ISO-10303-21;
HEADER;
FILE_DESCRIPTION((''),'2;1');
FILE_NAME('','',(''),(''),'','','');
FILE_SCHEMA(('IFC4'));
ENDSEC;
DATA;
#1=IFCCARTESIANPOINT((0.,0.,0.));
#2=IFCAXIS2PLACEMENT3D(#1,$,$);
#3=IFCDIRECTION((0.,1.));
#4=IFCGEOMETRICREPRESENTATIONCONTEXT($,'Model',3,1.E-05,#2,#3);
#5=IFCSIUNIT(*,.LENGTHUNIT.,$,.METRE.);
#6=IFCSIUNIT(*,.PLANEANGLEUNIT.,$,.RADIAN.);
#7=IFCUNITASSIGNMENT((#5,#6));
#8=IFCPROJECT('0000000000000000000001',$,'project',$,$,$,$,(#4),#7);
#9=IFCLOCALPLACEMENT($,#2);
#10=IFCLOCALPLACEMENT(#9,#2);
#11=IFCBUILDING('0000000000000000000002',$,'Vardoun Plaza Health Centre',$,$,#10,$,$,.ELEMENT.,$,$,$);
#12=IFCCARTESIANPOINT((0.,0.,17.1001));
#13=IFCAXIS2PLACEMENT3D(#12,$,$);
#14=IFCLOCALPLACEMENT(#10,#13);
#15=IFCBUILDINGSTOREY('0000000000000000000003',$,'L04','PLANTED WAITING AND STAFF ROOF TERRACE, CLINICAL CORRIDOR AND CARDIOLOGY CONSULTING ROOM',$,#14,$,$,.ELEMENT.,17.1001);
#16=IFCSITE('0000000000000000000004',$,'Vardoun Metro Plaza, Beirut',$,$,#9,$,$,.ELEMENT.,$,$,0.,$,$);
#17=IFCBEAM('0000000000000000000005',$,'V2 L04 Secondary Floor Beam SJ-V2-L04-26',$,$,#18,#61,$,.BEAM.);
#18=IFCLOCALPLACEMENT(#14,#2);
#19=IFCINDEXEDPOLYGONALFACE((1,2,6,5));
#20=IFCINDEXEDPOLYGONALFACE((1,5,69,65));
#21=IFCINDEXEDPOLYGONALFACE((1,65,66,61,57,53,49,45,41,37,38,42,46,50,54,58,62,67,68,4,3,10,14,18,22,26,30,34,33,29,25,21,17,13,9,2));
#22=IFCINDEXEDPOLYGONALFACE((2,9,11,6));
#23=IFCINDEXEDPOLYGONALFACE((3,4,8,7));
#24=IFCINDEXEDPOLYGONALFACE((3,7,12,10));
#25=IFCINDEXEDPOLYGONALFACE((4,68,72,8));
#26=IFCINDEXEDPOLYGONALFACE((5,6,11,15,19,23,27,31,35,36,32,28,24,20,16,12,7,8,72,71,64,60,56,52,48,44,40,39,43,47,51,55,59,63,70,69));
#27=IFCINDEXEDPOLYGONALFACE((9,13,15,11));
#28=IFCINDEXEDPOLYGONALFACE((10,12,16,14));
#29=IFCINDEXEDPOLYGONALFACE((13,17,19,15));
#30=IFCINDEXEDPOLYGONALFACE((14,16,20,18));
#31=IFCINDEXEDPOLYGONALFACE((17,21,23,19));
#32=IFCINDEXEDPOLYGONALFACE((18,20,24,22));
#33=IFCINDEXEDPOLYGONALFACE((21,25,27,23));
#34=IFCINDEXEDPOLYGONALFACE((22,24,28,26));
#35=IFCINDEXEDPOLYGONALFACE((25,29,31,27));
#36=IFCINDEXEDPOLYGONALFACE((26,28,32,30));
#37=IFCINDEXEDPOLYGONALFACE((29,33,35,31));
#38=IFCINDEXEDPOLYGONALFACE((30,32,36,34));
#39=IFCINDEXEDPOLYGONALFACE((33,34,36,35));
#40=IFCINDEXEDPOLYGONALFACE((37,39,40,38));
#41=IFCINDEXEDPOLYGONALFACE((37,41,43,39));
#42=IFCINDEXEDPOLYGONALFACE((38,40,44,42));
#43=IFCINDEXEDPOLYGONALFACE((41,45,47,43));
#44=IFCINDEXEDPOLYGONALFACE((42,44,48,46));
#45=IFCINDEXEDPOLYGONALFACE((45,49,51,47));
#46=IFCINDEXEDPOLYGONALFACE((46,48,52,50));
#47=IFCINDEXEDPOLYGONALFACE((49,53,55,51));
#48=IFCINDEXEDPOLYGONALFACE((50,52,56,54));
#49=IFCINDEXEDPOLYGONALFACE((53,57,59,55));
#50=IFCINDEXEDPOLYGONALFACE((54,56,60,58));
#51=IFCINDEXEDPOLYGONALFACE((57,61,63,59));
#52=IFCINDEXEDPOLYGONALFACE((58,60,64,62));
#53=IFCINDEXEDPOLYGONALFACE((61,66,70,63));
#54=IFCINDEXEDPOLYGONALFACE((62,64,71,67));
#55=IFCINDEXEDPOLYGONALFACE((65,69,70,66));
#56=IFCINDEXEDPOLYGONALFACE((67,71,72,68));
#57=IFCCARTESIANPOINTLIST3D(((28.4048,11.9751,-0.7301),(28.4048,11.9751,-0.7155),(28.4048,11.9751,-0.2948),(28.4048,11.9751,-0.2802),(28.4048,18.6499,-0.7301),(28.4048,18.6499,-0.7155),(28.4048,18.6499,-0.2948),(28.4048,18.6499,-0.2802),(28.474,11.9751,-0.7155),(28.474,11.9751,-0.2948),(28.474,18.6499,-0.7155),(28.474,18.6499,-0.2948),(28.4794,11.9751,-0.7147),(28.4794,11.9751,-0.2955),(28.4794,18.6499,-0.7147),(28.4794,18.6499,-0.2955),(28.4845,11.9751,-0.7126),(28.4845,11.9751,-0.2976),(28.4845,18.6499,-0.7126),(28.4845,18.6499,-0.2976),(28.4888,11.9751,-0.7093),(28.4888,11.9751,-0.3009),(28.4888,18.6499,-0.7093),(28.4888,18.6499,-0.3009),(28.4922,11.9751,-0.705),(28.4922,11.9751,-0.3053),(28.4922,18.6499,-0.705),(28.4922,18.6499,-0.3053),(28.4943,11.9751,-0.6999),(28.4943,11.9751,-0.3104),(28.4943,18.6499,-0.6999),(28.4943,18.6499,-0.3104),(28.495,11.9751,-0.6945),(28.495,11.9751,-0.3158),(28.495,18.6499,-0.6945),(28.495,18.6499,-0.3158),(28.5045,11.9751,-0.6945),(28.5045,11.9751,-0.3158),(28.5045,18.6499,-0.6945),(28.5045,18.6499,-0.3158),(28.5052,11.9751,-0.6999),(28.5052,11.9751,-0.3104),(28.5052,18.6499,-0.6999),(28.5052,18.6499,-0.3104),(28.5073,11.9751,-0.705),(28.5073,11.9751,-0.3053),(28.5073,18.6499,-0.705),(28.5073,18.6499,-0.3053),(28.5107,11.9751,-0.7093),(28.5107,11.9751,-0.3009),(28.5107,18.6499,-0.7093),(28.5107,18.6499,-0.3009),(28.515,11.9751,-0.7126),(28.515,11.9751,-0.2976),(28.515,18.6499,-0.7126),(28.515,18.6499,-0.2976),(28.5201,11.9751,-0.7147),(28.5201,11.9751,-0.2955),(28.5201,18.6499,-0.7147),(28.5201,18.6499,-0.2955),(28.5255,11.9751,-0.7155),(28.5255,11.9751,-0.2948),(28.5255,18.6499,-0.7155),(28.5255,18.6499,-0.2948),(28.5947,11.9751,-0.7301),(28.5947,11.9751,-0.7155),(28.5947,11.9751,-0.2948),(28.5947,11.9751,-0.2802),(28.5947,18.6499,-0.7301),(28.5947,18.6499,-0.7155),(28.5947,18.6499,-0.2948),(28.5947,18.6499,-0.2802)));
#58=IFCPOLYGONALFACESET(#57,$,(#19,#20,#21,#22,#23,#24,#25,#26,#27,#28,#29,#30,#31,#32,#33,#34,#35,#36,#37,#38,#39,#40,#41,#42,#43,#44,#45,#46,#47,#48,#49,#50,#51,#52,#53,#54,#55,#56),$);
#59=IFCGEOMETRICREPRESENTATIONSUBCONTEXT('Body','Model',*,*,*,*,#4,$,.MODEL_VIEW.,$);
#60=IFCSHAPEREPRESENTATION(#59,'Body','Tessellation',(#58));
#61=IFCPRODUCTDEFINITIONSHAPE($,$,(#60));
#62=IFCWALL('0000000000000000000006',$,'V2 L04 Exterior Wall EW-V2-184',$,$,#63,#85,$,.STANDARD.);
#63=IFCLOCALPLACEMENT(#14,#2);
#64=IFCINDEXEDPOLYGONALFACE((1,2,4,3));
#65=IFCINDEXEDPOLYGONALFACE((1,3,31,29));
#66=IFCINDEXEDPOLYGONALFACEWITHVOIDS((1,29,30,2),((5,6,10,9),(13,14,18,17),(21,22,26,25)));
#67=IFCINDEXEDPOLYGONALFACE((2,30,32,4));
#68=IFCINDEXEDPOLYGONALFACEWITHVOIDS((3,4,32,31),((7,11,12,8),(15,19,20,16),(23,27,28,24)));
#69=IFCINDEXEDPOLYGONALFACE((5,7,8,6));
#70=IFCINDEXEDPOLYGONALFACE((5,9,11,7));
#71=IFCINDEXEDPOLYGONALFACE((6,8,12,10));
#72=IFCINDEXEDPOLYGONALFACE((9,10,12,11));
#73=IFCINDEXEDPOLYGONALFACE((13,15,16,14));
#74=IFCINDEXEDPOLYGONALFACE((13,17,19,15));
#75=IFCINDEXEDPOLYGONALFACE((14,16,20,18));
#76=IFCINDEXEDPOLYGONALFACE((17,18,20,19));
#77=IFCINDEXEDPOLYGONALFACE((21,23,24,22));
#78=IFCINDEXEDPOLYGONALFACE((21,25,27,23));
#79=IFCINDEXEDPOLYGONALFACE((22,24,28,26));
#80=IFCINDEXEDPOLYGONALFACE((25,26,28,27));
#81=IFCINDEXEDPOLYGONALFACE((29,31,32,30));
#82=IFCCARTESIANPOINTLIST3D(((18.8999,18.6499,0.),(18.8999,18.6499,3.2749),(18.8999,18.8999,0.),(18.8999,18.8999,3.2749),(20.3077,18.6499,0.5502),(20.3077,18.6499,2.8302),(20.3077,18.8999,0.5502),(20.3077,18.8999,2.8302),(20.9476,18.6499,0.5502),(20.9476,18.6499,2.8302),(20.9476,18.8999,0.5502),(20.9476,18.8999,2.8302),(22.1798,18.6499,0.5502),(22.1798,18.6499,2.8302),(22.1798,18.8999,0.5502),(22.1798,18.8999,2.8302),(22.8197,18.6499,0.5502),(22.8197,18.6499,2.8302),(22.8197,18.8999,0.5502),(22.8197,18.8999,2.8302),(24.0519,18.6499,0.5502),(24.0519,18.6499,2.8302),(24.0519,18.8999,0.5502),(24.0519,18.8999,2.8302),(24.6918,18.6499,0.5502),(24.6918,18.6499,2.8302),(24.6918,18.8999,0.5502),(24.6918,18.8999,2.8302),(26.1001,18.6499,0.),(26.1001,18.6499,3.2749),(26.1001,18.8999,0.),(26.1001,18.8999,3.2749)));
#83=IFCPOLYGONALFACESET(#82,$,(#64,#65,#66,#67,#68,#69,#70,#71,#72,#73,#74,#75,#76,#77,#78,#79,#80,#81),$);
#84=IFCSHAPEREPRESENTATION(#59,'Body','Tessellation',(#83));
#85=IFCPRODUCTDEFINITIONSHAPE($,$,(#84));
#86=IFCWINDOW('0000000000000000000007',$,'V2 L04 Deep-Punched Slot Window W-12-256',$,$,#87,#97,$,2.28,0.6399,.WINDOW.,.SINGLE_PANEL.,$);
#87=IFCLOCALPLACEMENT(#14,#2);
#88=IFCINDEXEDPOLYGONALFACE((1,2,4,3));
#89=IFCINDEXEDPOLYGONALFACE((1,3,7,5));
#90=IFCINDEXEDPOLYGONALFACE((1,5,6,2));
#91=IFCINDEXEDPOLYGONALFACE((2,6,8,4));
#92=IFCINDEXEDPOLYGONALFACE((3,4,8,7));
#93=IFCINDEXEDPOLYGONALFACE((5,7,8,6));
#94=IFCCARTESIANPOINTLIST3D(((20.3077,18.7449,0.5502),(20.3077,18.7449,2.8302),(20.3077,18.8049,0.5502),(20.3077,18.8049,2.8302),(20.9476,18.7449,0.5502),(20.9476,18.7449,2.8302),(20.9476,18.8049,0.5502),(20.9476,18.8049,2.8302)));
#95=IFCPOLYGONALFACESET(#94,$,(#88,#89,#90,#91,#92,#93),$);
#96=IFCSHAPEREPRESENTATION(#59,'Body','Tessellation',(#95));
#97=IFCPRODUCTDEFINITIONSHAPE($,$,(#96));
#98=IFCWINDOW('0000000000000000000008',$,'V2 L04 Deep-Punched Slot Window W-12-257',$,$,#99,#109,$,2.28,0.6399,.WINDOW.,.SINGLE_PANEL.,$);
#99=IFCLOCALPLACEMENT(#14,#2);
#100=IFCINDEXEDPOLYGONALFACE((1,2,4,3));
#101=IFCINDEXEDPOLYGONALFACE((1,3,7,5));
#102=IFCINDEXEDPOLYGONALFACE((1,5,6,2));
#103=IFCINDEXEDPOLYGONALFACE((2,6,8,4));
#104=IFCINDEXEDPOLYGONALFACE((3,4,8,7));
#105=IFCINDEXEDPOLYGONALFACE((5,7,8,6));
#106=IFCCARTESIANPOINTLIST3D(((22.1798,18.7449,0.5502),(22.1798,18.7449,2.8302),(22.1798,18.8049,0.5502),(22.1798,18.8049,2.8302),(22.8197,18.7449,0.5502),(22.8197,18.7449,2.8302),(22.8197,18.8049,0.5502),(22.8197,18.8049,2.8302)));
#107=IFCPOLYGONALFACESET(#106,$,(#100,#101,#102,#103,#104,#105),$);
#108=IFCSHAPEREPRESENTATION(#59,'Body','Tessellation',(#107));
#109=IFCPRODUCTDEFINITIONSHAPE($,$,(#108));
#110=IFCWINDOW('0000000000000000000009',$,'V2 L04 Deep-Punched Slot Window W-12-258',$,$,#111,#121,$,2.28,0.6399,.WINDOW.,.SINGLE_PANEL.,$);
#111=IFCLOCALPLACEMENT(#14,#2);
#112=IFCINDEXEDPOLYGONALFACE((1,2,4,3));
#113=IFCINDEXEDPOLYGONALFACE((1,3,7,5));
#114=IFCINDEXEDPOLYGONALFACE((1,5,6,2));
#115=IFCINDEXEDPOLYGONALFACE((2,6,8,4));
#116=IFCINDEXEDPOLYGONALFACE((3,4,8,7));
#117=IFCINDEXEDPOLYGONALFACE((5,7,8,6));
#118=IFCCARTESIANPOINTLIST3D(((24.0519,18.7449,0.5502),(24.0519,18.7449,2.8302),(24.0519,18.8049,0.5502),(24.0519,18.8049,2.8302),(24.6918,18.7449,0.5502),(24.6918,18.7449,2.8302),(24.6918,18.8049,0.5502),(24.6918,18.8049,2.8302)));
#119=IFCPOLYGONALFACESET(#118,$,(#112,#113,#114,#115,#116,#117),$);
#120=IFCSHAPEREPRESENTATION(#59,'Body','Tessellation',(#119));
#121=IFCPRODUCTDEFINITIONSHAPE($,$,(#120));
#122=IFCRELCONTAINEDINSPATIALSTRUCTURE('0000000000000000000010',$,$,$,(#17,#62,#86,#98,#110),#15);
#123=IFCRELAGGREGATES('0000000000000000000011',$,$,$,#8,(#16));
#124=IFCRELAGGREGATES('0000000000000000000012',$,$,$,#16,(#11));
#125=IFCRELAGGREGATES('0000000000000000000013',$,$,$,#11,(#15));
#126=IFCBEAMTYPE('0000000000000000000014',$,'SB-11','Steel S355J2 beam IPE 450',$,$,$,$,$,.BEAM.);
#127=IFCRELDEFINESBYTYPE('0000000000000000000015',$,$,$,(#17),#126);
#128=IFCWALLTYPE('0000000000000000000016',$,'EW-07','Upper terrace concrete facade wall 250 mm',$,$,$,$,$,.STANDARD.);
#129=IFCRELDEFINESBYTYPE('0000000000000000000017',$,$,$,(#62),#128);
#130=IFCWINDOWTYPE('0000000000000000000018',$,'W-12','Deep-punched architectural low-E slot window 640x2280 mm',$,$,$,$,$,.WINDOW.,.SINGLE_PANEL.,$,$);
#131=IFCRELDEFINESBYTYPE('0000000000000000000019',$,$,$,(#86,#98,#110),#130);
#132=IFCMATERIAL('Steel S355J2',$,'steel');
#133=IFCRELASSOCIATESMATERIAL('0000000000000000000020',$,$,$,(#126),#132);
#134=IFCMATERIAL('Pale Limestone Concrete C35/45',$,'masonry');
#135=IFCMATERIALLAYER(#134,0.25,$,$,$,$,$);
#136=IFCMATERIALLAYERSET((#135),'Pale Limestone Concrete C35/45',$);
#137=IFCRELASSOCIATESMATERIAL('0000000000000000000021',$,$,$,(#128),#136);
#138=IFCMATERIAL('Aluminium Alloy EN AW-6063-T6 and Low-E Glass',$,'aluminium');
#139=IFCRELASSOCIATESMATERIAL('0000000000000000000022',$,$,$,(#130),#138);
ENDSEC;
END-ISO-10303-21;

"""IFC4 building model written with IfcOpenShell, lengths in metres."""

from ifc_helpers import new_model, si_unit, direction, frame, frame_2d, origin, origin_2d, place, context, subcontext, project, spatial, rectangle, i_section, extrude, material, layer, layer_set, material_profile, profile_set, type_object, element, fill, save


model = new_model("IFC4")

# Units and contexts
model_context = context("Model", 3, precision=1e-05, world=origin(), true_north=direction((0.0, 1.0)))
body_context = subcontext(model_context, "Body", "Model", "MODEL_VIEW")
ifc_project = project(units=[si_unit("LENGTHUNIT", "METRE"), si_unit("PLANEANGLEUNIT", "RADIAN")], contexts=[model_context])

# Site, building, storey
site_placement = place(None, origin())
site = spatial("IfcSite", under=ifc_project, at=site_placement, Name="Vardoun Metro Plaza, Beirut", CompositionType="ELEMENT", RefElevation=0.0)
building_placement = place(site_placement, origin())
building = spatial("IfcBuilding", under=site, at=building_placement, Name="Vardoun Plaza Health Centre", CompositionType="ELEMENT")
storey_placement = place(building_placement, frame((0.0, 0.0, 17.1001)))
storey = spatial("IfcBuildingStorey", under=building, at=storey_placement, Name="L04", Description="PLANTED WAITING AND STAFF ROOF TERRACE, CLINICAL CORRIDOR AND CARDIOLOGY CONSULTING ROOM", CompositionType="ELEMENT", Elevation=17.1001)

# Beam
ifc_material_1 = material(Name="Steel S355J2", Category="steel")
ifc_material_profile_1 = material_profile(ifc_material_1, i_section(OverallWidth=0.1899, OverallDepth=0.45, WebThickness=0.0095, FlangeThickness=0.0146, FilletRadius=0.021, at=origin_2d()), Name="IPE 450")
ifc_profile_set_1 = profile_set([ifc_material_profile_1], Name="Steel S355J2")
beam_type_1 = type_object("IfcBeamType", Name="SB-11", Description="Steel S355J2 beam IPE 450", PredefinedType="BEAM", material=ifc_profile_set_1)
beam_1_placement = place(storey_placement, frame((28.4998, 11.9751, -0.5051), z_axis=(0.0, 1.0, 0.0), x_axis=(-1.0, 0.0, 0.0)))
element("IfcBeam", 1, at=beam_1_placement, inside=storey, type_object=beam_type_1, Name="V2 L04 Secondary Floor Beam SJ-V2-L04-26", PredefinedType="BEAM", context=body_context, shape_type="SweptSolid", body=[
    extrude(i_section(OverallWidth=0.1899, OverallDepth=0.45, WebThickness=0.0095, FlangeThickness=0.0146, FilletRadius=0.021, at=origin_2d()), origin(), (0.0, 0.0, 1.0), 6.6748),
])

# Wall, openings, windows
ifc_material_2 = material(Name="Pale Limestone Concrete C35/45", Category="masonry")
ifc_layer_1 = layer(ifc_material_2, 0.25)
ifc_layer_set_1 = layer_set([ifc_layer_1], Name="Pale Limestone Concrete C35/45")
wall_type_1 = type_object("IfcWallType", Name="EW-07", Description="Upper terrace concrete facade wall 250 mm", PredefinedType="STANDARD", material=ifc_layer_set_1)
wall_1_placement = place(storey_placement, frame((18.8999, 18.7749, 0.0), z_axis=(0.0, 0.0, 1.0), x_axis=(1.0, 0.0, 0.0)))
wall_1 = element("IfcWall", 2, at=wall_1_placement, inside=storey, type_object=wall_type_1, Name="V2 L04 Exterior Wall EW-V2-184", PredefinedType="STANDARD", context=body_context, shape_type="SweptSolid", body=[
    extrude(rectangle(XDim=7.2002, YDim=0.25, at=frame_2d((3.6001, 0.0))), origin(), (0.0, 0.0, 1.0), 3.2749),
])
opening_1_placement = place(wall_1_placement, frame((1.408, 0.0, 0.55)))
opening_1 = element("IfcOpeningElement", 3, at=opening_1_placement, cuts=wall_1, PredefinedType="OPENING", context=body_context, shape_type="SweptSolid", body=[
    extrude(rectangle(XDim=0.6399, YDim=2.28, at=frame_2d((0.3198, 1.1401))), frame((0.0, 0.125, 0.0), z_axis=(0.0, -1.0, 0.0), x_axis=(1.0, 0.0, 0.0)), (0.0, 0.0, 1.0), 0.25),
])
opening_2_placement = place(wall_1_placement, frame((3.28, 0.0, 0.55)))
opening_2 = element("IfcOpeningElement", 4, at=opening_2_placement, cuts=wall_1, PredefinedType="OPENING", context=body_context, shape_type="SweptSolid", body=[
    extrude(rectangle(XDim=0.6399, YDim=2.28, at=frame_2d((0.3198, 1.1401))), frame((0.0, 0.125, 0.0), z_axis=(0.0, -1.0, 0.0), x_axis=(1.0, 0.0, 0.0)), (0.0, 0.0, 1.0), 0.25),
])
opening_3_placement = place(wall_1_placement, frame((5.1521, 0.0, 0.55)))
opening_3 = element("IfcOpeningElement", 5, at=opening_3_placement, cuts=wall_1, PredefinedType="OPENING", context=body_context, shape_type="SweptSolid", body=[
    extrude(rectangle(XDim=0.6399, YDim=2.28, at=frame_2d((0.3198, 1.1401))), frame((0.0, 0.125, 0.0), z_axis=(0.0, -1.0, 0.0), x_axis=(1.0, 0.0, 0.0)), (0.0, 0.0, 1.0), 0.25),
])
ifc_material_3 = material(Name="Aluminium Alloy EN AW-6063-T6 and Low-E Glass", Category="aluminium")
window_type_1 = type_object("IfcWindowType", Name="W-12", Description="Deep-punched architectural low-E slot window 640x2280 mm", PartitioningType="SINGLE_PANEL", PredefinedType="WINDOW", material=ifc_material_3)
window_1_placement = place(opening_1_placement, origin())
window_1 = element("IfcWindow", 6, at=window_1_placement, inside=storey, type_object=window_type_1, Name="V2 L04 Deep-Punched Slot Window W-12-256", OverallHeight=2.28, OverallWidth=0.6399, PartitioningType="SINGLE_PANEL", PredefinedType="WINDOW", context=body_context, shape_type="SweptSolid", body=[
    extrude(rectangle(XDim=0.6399, YDim=2.28, at=frame_2d((0.3198, 1.1401))), frame((0.0, 0.03, 0.0), z_axis=(0.0, -1.0, 0.0), x_axis=(1.0, 0.0, 0.0)), (0.0, 0.0, 1.0), 0.0601),
])
fill(opening_1, window_1)
window_2_placement = place(opening_2_placement, origin())
window_2 = element("IfcWindow", 7, at=window_2_placement, inside=storey, type_object=window_type_1, Name="V2 L04 Deep-Punched Slot Window W-12-257", OverallHeight=2.28, OverallWidth=0.6399, PartitioningType="SINGLE_PANEL", PredefinedType="WINDOW", context=body_context, shape_type="SweptSolid", body=[
    extrude(rectangle(XDim=0.6399, YDim=2.28, at=frame_2d((0.3198, 1.1401))), frame((0.0, 0.03, 0.0), z_axis=(0.0, -1.0, 0.0), x_axis=(1.0, 0.0, 0.0)), (0.0, 0.0, 1.0), 0.0601),
])
fill(opening_2, window_2)
window_3_placement = place(opening_3_placement, origin())
window_3 = element("IfcWindow", 8, at=window_3_placement, inside=storey, type_object=window_type_1, Name="V2 L04 Deep-Punched Slot Window W-12-258", OverallHeight=2.28, OverallWidth=0.6399, PartitioningType="SINGLE_PANEL", PredefinedType="WINDOW", context=body_context, shape_type="SweptSolid", body=[
    extrude(rectangle(XDim=0.6399, YDim=2.28, at=frame_2d((0.3198, 1.1401))), frame((0.0, 0.03, 0.0), z_axis=(0.0, -1.0, 0.0), x_axis=(1.0, 0.0, 0.0)), (0.0, 0.0, 1.0), 0.0601),
])
fill(opening_3, window_3)

save(model, "model.ifc")
